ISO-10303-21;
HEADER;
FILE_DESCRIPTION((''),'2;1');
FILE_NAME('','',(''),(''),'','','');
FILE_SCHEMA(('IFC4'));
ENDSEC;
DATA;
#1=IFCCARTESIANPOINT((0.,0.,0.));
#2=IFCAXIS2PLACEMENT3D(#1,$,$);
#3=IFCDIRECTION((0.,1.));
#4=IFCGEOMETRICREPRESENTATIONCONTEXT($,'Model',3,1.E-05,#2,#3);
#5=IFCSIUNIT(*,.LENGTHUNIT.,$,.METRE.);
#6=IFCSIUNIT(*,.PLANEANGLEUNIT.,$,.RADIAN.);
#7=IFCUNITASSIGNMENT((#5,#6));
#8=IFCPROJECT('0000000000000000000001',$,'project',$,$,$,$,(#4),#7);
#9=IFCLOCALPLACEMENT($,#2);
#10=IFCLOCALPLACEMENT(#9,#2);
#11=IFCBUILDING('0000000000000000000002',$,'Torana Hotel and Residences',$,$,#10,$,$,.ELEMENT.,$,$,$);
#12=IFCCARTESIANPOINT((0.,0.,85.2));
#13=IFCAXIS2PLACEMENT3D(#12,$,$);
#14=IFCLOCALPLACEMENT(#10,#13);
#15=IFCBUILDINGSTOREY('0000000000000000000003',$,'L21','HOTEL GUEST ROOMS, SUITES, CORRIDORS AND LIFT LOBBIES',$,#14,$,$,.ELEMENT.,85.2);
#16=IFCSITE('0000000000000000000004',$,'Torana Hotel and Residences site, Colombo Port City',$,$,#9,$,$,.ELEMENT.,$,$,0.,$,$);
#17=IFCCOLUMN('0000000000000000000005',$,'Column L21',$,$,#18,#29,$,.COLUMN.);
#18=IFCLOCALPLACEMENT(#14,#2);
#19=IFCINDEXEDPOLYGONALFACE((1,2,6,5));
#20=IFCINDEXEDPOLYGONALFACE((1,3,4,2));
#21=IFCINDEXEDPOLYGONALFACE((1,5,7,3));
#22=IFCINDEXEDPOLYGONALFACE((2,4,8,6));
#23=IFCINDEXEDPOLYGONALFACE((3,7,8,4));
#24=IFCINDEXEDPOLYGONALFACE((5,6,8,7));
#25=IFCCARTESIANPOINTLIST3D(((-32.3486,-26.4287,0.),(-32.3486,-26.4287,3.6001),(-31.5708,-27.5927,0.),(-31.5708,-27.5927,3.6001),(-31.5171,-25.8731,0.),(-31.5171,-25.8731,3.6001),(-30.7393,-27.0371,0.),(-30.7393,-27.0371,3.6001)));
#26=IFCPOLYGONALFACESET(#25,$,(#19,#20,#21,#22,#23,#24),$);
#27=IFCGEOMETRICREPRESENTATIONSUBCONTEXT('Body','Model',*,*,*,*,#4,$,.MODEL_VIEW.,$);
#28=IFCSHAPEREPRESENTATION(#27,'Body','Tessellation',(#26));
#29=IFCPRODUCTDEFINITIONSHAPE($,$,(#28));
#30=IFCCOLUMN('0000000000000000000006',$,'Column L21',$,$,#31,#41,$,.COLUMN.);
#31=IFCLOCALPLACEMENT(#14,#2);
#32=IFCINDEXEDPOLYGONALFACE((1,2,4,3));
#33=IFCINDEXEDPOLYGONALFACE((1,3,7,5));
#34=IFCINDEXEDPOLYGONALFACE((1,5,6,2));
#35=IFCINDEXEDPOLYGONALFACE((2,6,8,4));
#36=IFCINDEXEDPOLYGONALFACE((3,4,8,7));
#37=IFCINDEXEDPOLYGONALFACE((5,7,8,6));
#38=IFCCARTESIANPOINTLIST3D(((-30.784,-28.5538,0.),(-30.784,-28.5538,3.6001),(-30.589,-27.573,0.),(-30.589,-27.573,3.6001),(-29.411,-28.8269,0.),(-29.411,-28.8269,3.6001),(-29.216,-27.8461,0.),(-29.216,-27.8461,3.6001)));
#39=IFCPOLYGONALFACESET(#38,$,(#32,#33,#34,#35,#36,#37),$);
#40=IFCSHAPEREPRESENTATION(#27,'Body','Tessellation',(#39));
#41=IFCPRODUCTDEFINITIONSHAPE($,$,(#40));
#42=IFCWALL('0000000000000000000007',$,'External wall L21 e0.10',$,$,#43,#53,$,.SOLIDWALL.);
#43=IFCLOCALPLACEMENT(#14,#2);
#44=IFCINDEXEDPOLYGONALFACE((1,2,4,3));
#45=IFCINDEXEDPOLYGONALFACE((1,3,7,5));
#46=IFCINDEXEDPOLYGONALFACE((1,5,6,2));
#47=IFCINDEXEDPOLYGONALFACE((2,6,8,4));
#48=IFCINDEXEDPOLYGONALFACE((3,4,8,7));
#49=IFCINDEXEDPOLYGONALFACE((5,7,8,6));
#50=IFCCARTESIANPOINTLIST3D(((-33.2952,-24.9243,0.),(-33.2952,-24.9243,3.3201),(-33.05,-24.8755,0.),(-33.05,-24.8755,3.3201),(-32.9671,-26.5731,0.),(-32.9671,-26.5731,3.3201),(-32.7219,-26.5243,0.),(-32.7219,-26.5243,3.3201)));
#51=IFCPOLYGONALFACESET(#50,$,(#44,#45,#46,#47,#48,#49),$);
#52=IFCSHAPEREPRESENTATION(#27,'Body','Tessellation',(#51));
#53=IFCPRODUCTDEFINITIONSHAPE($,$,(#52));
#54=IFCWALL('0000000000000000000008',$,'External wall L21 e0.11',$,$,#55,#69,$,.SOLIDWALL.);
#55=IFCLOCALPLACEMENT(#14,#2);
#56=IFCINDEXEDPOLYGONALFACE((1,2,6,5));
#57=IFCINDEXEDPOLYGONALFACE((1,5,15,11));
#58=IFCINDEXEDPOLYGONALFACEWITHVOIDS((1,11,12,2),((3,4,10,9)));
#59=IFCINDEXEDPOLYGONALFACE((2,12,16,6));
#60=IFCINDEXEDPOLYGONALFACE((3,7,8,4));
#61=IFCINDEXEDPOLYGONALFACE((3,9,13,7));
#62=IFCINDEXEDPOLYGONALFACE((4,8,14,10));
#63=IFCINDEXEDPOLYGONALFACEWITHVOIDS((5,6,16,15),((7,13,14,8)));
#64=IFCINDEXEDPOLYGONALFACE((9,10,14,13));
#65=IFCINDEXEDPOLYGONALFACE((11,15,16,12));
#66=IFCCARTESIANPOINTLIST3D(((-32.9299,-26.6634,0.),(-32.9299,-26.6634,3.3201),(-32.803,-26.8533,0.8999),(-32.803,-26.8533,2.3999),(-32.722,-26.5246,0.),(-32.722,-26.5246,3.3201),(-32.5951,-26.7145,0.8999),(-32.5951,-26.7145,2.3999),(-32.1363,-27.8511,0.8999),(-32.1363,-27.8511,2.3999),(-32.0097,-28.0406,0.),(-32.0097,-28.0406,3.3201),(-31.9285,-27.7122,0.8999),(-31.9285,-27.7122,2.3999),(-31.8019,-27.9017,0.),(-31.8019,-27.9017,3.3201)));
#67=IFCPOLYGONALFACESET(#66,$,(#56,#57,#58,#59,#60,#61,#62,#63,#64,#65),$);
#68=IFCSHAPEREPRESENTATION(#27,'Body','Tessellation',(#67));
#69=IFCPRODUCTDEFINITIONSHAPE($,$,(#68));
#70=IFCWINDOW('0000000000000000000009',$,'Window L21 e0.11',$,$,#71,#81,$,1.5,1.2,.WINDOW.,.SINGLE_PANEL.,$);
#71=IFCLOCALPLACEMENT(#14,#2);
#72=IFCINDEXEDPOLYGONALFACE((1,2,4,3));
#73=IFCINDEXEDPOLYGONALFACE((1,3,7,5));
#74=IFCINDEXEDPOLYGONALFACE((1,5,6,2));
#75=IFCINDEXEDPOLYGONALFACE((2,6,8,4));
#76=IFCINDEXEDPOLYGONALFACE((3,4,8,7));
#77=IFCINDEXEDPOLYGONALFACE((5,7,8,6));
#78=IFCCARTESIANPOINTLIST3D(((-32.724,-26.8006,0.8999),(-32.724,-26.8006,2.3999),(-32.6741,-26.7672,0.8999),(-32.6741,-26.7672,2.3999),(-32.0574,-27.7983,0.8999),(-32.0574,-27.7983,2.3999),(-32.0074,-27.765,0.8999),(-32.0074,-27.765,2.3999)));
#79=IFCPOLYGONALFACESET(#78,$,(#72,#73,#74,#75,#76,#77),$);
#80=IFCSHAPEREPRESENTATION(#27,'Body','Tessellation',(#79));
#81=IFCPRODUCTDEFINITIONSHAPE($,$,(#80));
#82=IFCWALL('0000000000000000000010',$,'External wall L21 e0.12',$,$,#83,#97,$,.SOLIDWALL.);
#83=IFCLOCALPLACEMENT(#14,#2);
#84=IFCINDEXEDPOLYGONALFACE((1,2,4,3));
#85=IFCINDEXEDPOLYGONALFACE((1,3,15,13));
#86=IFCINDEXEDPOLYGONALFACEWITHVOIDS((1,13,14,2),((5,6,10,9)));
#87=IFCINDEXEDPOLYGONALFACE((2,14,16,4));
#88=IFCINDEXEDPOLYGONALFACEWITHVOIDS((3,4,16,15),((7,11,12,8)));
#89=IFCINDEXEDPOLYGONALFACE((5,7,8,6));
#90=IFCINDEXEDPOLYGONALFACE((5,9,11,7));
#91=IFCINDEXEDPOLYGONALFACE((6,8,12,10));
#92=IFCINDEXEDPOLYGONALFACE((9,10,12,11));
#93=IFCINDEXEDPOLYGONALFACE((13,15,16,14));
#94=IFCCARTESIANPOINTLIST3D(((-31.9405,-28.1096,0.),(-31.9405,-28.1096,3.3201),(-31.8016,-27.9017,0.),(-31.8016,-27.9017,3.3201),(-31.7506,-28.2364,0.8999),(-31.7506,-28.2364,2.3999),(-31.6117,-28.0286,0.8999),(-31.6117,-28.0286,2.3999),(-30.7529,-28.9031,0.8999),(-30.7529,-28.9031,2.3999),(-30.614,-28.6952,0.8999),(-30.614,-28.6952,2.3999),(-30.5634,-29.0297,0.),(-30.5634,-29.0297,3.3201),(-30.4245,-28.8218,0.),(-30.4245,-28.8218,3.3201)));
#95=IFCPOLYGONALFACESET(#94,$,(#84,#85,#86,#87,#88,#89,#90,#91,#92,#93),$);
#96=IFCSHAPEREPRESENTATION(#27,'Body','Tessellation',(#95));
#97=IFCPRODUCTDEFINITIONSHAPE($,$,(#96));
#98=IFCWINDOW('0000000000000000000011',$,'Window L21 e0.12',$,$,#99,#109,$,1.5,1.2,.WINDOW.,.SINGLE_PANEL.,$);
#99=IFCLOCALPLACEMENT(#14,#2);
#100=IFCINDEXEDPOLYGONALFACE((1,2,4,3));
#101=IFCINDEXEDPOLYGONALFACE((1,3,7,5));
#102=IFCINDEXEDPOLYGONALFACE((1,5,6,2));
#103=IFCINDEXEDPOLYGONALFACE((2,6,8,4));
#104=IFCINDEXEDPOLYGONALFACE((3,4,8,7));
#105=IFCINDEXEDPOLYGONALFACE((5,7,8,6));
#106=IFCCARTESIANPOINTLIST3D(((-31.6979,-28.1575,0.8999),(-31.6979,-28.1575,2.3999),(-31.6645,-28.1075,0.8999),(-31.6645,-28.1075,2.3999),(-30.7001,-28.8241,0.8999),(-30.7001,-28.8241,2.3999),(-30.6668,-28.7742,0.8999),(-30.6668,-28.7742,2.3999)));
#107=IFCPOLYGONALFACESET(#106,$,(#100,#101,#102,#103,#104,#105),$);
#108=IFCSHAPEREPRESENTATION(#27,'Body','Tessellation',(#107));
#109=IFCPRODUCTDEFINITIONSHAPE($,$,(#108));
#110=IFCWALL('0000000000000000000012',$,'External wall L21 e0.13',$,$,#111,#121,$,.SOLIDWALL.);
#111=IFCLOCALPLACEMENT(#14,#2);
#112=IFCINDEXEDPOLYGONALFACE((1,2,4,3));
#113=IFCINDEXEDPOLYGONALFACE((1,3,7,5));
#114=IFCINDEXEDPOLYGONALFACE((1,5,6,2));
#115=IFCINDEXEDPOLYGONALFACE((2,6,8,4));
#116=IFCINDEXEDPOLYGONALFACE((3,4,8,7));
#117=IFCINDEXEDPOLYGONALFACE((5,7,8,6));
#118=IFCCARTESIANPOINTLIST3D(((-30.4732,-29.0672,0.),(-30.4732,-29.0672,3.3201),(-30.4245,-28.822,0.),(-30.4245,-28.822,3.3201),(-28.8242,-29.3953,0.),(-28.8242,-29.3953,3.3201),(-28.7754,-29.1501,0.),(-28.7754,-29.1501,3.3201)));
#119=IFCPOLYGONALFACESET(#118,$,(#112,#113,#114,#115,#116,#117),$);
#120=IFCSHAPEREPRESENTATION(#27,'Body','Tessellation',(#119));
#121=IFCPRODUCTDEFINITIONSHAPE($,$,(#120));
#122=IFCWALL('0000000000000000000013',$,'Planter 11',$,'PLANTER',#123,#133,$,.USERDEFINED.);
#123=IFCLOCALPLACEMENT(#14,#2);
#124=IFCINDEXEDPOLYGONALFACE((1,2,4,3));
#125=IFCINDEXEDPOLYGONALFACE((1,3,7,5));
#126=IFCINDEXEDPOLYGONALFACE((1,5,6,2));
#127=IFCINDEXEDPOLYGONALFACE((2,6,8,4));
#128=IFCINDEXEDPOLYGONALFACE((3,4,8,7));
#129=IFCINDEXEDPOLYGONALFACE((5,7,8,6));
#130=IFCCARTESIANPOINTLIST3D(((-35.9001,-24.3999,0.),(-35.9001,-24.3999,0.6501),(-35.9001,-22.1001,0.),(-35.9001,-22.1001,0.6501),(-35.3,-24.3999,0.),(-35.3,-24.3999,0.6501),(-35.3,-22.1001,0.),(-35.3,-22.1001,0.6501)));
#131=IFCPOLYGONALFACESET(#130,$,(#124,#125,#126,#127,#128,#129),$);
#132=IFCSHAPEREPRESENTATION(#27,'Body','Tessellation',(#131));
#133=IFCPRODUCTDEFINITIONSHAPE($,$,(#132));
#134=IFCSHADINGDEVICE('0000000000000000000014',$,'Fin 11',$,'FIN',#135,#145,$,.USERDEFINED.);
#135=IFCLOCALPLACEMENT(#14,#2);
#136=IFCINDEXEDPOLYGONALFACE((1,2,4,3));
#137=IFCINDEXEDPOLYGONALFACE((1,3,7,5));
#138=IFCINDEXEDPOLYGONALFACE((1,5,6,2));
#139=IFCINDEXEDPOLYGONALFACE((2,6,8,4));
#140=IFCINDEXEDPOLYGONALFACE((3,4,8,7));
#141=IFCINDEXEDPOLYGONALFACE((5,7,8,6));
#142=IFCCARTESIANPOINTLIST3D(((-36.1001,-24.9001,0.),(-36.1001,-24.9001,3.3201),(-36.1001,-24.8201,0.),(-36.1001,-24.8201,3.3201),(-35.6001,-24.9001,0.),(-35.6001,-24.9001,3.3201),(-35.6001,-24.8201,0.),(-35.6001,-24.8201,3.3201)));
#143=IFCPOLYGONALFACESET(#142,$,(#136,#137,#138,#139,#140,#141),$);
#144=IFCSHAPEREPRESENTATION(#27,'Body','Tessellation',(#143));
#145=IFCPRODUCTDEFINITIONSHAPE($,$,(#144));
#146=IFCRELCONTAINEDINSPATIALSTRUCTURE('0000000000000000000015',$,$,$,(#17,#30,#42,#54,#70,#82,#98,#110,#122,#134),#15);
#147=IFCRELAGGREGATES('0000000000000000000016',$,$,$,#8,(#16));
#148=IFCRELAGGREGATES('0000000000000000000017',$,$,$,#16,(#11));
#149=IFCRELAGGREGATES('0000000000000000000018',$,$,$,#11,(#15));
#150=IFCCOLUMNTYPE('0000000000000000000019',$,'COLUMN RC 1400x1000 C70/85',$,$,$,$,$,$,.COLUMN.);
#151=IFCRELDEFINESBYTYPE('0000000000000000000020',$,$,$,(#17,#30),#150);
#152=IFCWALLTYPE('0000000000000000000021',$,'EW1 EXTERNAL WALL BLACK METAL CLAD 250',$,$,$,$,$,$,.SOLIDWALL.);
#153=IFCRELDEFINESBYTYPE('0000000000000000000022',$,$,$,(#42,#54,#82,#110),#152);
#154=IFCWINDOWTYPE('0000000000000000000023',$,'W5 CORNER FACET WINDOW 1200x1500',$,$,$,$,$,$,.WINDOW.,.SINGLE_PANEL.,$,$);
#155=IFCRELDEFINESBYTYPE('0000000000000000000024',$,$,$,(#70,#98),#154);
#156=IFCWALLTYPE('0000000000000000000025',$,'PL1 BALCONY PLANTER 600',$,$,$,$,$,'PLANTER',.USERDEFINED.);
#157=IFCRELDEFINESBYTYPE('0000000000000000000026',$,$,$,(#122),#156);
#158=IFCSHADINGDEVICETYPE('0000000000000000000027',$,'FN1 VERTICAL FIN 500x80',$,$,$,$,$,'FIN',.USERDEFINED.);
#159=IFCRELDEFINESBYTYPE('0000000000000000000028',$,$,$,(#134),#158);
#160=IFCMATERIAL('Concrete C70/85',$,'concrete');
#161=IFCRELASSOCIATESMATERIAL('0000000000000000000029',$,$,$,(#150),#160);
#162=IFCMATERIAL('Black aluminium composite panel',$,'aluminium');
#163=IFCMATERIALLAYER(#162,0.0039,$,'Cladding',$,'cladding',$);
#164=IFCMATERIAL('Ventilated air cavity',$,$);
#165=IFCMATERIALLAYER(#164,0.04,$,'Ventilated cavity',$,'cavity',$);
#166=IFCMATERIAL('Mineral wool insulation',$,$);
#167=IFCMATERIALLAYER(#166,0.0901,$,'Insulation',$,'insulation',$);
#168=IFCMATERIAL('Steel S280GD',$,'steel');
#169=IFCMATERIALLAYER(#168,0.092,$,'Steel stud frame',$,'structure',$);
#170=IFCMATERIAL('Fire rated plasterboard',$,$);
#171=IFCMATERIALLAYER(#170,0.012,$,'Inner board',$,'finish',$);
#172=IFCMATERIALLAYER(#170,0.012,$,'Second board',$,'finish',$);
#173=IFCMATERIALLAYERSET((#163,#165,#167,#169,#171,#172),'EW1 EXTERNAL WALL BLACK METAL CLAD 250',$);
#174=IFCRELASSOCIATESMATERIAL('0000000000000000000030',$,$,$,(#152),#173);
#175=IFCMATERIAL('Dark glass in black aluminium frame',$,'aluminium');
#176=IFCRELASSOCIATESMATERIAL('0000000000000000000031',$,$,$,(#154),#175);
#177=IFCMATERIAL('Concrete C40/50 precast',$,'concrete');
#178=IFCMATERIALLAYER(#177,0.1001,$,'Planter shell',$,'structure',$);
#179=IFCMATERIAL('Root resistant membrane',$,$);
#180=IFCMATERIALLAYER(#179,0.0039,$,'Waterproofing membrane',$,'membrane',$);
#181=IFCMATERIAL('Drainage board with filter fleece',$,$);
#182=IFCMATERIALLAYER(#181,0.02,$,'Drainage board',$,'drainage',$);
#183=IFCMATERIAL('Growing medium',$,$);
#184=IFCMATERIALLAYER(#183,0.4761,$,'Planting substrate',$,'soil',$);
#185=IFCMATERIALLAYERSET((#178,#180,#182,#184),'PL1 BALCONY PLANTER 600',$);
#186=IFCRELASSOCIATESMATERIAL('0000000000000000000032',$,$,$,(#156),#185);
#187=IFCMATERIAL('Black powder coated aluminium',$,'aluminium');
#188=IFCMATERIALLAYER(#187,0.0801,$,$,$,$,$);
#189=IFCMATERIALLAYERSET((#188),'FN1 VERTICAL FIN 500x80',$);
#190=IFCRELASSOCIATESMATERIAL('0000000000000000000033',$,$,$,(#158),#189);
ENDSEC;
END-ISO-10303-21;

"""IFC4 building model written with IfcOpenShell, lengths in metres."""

from ifc_helpers import new_model, si_unit, direction, frame, frame_2d, origin, origin_2d, place, context, subcontext, project, spatial, rectangle, extrude, material, layer, layer_set, material_profile, profile_set, type_object, element, fill, save


model = new_model("IFC4")

# Units and contexts
model_context = context("Model", 3, precision=1e-05, world=origin(), true_north=direction((0.0, 1.0)))
body_context = subcontext(model_context, "Body", "Model", "MODEL_VIEW")
ifc_project = project(units=[si_unit("LENGTHUNIT", "METRE"), si_unit("PLANEANGLEUNIT", "RADIAN")], contexts=[model_context])

# Site, building, storey
site_placement = place(None, origin())
site = spatial("IfcSite", under=ifc_project, at=site_placement, Name="Torana Hotel and Residences site, Colombo Port City", CompositionType="ELEMENT", RefElevation=0.0)
building_placement = place(site_placement, origin())
building = spatial("IfcBuilding", under=site, at=building_placement, Name="Torana Hotel and Residences", CompositionType="ELEMENT")
storey_placement = place(building_placement, frame((0.0, 0.0, 85.2)))
storey = spatial("IfcBuildingStorey", under=building, at=storey_placement, Name="L21", Description="HOTEL GUEST ROOMS, SUITES, CORRIDORS AND LIFT LOBBIES", CompositionType="ELEMENT", Elevation=85.2)

# Columns
ifc_material_1 = material(Name="Concrete C70/85", Category="concrete")
ifc_material_profile = material_profile(ifc_material_1, rectangle(XDim=1.3999, YDim=1.0, at=origin_2d()), Name="RC 1400x1000")
ifc_profile_set = profile_set([ifc_material_profile], Name="Concrete C70/85")
column_type = type_object("IfcColumnType", Name="COLUMN RC 1400x1000 C70/85", PredefinedType="COLUMN", material=ifc_profile_set)
for number, where, z_axis, x_axis, name in (
    (1, (-31.5439, -26.7329, 0.0), (0.0, 0.0, 1.0), (-0.555585, 0.83146, 0.0), "Column L21"),
    (2, (-30.0, -28.2, 0.0), (0.0, 0.0, 1.0), (-0.980792, 0.195056, 0.0), "Column L21"),
):
    element("IfcColumn", number, at=place(storey_placement, frame(where, z_axis=z_axis, x_axis=x_axis)), inside=storey, type_object=column_type, Name=name, PredefinedType="COLUMN", context=body_context, shape_type="SweptSolid", body=[
        extrude(rectangle(XDim=1.3999, YDim=1.0, at=origin_2d()), origin(), (0.0, 0.0, 1.0), 3.6001),
    ])

# Wall
ifc_material_2 = material(Name="Black aluminium composite panel", Category="aluminium")
ifc_layer_1 = layer(ifc_material_2, 0.0039, Name="Cladding", Category="cladding")
ifc_material_3 = material(Name="Ventilated air cavity")
ifc_layer_2 = layer(ifc_material_3, 0.04, Name="Ventilated cavity", Category="cavity")
ifc_material_4 = material(Name="Mineral wool insulation")
ifc_layer_3 = layer(ifc_material_4, 0.0901, Name="Insulation", Category="insulation")
ifc_material_5 = material(Name="Steel S280GD", Category="steel")
ifc_layer_4 = layer(ifc_material_5, 0.092, Name="Steel stud frame", Category="structure")
ifc_material_6 = material(Name="Fire rated plasterboard")
ifc_layer_5 = layer(ifc_material_6, 0.012, Name="Inner board", Category="finish")
ifc_layer_6 = layer(ifc_material_6, 0.012, Name="Second board", Category="finish")
ifc_layer_set_1 = layer_set([ifc_layer_1, ifc_layer_2, ifc_layer_3, ifc_layer_4, ifc_layer_5, ifc_layer_6], Name="EW1 EXTERNAL WALL BLACK METAL CLAD 250")
wall_type_1 = type_object("IfcWallType", Name="EW1 EXTERNAL WALL BLACK METAL CLAD 250", PredefinedType="SOLIDWALL", material=ifc_layer_set_1)
wall_1_placement = place(storey_placement, frame((-33.1726, -24.8999, 0.0), z_axis=(0.0, 0.0, 1.0), x_axis=(0.195167, -0.98077, 0.0)))
element("IfcWall", 3, at=wall_1_placement, inside=storey, type_object=wall_type_1, Name="External wall L21 e0.10", PredefinedType="SOLIDWALL", context=body_context, shape_type="SweptSolid", body=[
    extrude(rectangle(XDim=1.6812, YDim=0.25, at=frame_2d((0.8406, 0.0))), origin(), (0.0, 0.0, 1.0), 3.3201),
])

# Walls, openings, windows
wall_2_placement = place(storey_placement, frame((-32.8259, -26.594, 0.0), z_axis=(0.0, 0.0, 1.0), x_axis=(0.55555, -0.831483, 0.0)))
wall_2 = element("IfcWall", 4, at=wall_2_placement, inside=storey, type_object=wall_type_1, Name="External wall L21 e0.11", PredefinedType="SOLIDWALL", context=body_context, shape_type="SweptSolid", body=[
    extrude(rectangle(XDim=1.6562, YDim=0.25, at=frame_2d((0.8281, 0.0))), origin(), (0.0, 0.0, 1.0), 3.3201),
])
opening_1_placement = place(wall_2_placement, frame((0.2283, 0.0, 0.8999)))
opening_1 = element("IfcOpeningElement", 5, at=opening_1_placement, cuts=wall_2, PredefinedType="OPENING", context=body_context, shape_type="SweptSolid", body=[
    extrude(rectangle(XDim=1.2, YDim=1.5, at=frame_2d((0.6001, 0.75))), frame((0.0, 0.135, 0.0), z_axis=(0.0, -1.0, 0.0), x_axis=(1.0, 0.0, 0.0)), (0.0, 0.0, 1.0), 0.27),
])
ifc_material_7 = material(Name="Dark glass in black aluminium frame", Category="aluminium")
window_type = type_object("IfcWindowType", Name="W5 CORNER FACET WINDOW 1200x1500", PartitioningType="SINGLE_PANEL", PredefinedType="WINDOW", material=ifc_material_7)
window_1_placement = place(opening_1_placement, origin())
window_1 = element("IfcWindow", 6, at=window_1_placement, inside=storey, type_object=window_type, Name="Window L21 e0.11", OverallHeight=1.5, OverallWidth=1.2, PartitioningType="SINGLE_PANEL", PredefinedType="WINDOW", context=body_context, shape_type="SweptSolid", body=[
    extrude(rectangle(XDim=1.2, YDim=1.5, at=frame_2d((0.6001, 0.75))), frame((0.0, 0.03, 0.0), z_axis=(0.0, -1.0, 0.0), x_axis=(1.0, 0.0, 0.0)), (0.0, 0.0, 1.0), 0.0601),
])
fill(opening_1, window_1)
wall_3_placement = place(storey_placement, frame((-31.8711, -28.0056, 0.0), z_axis=(0.0, 0.0, 1.0), x_axis=(0.831483, -0.55555, 0.0)))
wall_3 = element("IfcWall", 7, at=wall_3_placement, inside=storey, type_object=wall_type_1, Name="External wall L21 e0.12", PredefinedType="SOLIDWALL", context=body_context, shape_type="SweptSolid", body=[
    extrude(rectangle(XDim=1.6562, YDim=0.25, at=frame_2d((0.8281, 0.0))), origin(), (0.0, 0.0, 1.0), 3.3201),
])
opening_2_placement = place(wall_3_placement, frame((0.2283, 0.0, 0.8999)))
opening_2 = element("IfcOpeningElement", 8, at=opening_2_placement, cuts=wall_3, PredefinedType="OPENING", context=body_context, shape_type="SweptSolid", body=[
    extrude(rectangle(XDim=1.2, YDim=1.5, at=frame_2d((0.6001, 0.75))), frame((0.0, 0.135, 0.0), z_axis=(0.0, -1.0, 0.0), x_axis=(1.0, 0.0, 0.0)), (0.0, 0.0, 1.0), 0.27),
])
window_2_placement = place(opening_2_placement, origin())
window_2 = element("IfcWindow", 9, at=window_2_placement, inside=storey, type_object=window_type, Name="Window L21 e0.12", OverallHeight=1.5, OverallWidth=1.2, PartitioningType="SINGLE_PANEL", PredefinedType="WINDOW", context=body_context, shape_type="SweptSolid", body=[
    extrude(rectangle(XDim=1.2, YDim=1.5, at=frame_2d((0.6001, 0.75))), frame((0.0, 0.03, 0.0), z_axis=(0.0, -1.0, 0.0), x_axis=(1.0, 0.0, 0.0)), (0.0, 0.0, 1.0), 0.0601),
])
fill(opening_2, window_2)

# Walls
wall_4_placement = place(storey_placement, frame((-30.449, -28.9446, 0.0), z_axis=(0.0, 0.0, 1.0), x_axis=(0.980776, -0.195139, 0.0)))
element("IfcWall", 10, at=wall_4_placement, inside=storey, type_object=wall_type_1, Name="External wall L21 e0.13", PredefinedType="SOLIDWALL", context=body_context, shape_type="SweptSolid", body=[
    extrude(rectangle(XDim=1.6814, YDim=0.25, at=frame_2d((0.8408, 0.0))), origin(), (0.0, 0.0, 1.0), 3.3201),
])
ifc_material_8 = material(Name="Concrete C40/50 precast", Category="concrete")
ifc_layer_7 = layer(ifc_material_8, 0.1001, Name="Planter shell", Category="structure")
ifc_material_9 = material(Name="Root resistant membrane")
ifc_layer_8 = layer(ifc_material_9, 0.0039, Name="Waterproofing membrane", Category="membrane")
ifc_material_10 = material(Name="Drainage board with filter fleece")
ifc_layer_9 = layer(ifc_material_10, 0.02, Name="Drainage board", Category="drainage")
ifc_material_11 = material(Name="Growing medium")
ifc_layer_10 = layer(ifc_material_11, 0.4761, Name="Planting substrate", Category="soil")
ifc_layer_set_2 = layer_set([ifc_layer_7, ifc_layer_8, ifc_layer_9, ifc_layer_10], Name="PL1 BALCONY PLANTER 600")
wall_type_2 = type_object("IfcWallType", Name="PL1 BALCONY PLANTER 600", ElementType="PLANTER", PredefinedType="USERDEFINED", material=ifc_layer_set_2)
wall_5_placement = place(storey_placement, frame((-35.6001, -24.3999, 0.0), z_axis=(0.0, 0.0, 1.0), x_axis=(0.0, 1.0, 0.0)))
element("IfcWall", 11, at=wall_5_placement, inside=storey, type_object=wall_type_2, Name="Planter 11", ObjectType="PLANTER", PredefinedType="USERDEFINED", context=body_context, shape_type="SweptSolid", body=[
    extrude(rectangle(XDim=2.2998, YDim=0.6001, at=frame_2d((1.1499, 0.0))), origin(), (0.0, 0.0, 1.0), 0.6501),
])

# Shading device
ifc_material_12 = material(Name="Black powder coated aluminium", Category="aluminium")
ifc_layer_11 = layer(ifc_material_12, 0.0801)
ifc_layer_set_3 = layer_set([ifc_layer_11], Name="FN1 VERTICAL FIN 500x80")
shading_device_type = type_object("IfcShadingDeviceType", Name="FN1 VERTICAL FIN 500x80", ElementType="FIN", PredefinedType="USERDEFINED", material=ifc_layer_set_3)
shading_device_placement = place(storey_placement, frame((-35.8501, -24.8601, 0.0), z_axis=(0.0, 0.0, 1.0), x_axis=(0.0, 1.0, 0.0)))
element("IfcShadingDevice", 12, at=shading_device_placement, inside=storey, type_object=shading_device_type, Name="Fin 11", ObjectType="FIN", PredefinedType="USERDEFINED", context=body_context, shape_type="SweptSolid", body=[
    extrude(rectangle(XDim=0.0801, YDim=0.5, at=origin_2d()), origin(), (0.0, 0.0, 1.0), 3.3201),
])

save(model, "model.ifc")
